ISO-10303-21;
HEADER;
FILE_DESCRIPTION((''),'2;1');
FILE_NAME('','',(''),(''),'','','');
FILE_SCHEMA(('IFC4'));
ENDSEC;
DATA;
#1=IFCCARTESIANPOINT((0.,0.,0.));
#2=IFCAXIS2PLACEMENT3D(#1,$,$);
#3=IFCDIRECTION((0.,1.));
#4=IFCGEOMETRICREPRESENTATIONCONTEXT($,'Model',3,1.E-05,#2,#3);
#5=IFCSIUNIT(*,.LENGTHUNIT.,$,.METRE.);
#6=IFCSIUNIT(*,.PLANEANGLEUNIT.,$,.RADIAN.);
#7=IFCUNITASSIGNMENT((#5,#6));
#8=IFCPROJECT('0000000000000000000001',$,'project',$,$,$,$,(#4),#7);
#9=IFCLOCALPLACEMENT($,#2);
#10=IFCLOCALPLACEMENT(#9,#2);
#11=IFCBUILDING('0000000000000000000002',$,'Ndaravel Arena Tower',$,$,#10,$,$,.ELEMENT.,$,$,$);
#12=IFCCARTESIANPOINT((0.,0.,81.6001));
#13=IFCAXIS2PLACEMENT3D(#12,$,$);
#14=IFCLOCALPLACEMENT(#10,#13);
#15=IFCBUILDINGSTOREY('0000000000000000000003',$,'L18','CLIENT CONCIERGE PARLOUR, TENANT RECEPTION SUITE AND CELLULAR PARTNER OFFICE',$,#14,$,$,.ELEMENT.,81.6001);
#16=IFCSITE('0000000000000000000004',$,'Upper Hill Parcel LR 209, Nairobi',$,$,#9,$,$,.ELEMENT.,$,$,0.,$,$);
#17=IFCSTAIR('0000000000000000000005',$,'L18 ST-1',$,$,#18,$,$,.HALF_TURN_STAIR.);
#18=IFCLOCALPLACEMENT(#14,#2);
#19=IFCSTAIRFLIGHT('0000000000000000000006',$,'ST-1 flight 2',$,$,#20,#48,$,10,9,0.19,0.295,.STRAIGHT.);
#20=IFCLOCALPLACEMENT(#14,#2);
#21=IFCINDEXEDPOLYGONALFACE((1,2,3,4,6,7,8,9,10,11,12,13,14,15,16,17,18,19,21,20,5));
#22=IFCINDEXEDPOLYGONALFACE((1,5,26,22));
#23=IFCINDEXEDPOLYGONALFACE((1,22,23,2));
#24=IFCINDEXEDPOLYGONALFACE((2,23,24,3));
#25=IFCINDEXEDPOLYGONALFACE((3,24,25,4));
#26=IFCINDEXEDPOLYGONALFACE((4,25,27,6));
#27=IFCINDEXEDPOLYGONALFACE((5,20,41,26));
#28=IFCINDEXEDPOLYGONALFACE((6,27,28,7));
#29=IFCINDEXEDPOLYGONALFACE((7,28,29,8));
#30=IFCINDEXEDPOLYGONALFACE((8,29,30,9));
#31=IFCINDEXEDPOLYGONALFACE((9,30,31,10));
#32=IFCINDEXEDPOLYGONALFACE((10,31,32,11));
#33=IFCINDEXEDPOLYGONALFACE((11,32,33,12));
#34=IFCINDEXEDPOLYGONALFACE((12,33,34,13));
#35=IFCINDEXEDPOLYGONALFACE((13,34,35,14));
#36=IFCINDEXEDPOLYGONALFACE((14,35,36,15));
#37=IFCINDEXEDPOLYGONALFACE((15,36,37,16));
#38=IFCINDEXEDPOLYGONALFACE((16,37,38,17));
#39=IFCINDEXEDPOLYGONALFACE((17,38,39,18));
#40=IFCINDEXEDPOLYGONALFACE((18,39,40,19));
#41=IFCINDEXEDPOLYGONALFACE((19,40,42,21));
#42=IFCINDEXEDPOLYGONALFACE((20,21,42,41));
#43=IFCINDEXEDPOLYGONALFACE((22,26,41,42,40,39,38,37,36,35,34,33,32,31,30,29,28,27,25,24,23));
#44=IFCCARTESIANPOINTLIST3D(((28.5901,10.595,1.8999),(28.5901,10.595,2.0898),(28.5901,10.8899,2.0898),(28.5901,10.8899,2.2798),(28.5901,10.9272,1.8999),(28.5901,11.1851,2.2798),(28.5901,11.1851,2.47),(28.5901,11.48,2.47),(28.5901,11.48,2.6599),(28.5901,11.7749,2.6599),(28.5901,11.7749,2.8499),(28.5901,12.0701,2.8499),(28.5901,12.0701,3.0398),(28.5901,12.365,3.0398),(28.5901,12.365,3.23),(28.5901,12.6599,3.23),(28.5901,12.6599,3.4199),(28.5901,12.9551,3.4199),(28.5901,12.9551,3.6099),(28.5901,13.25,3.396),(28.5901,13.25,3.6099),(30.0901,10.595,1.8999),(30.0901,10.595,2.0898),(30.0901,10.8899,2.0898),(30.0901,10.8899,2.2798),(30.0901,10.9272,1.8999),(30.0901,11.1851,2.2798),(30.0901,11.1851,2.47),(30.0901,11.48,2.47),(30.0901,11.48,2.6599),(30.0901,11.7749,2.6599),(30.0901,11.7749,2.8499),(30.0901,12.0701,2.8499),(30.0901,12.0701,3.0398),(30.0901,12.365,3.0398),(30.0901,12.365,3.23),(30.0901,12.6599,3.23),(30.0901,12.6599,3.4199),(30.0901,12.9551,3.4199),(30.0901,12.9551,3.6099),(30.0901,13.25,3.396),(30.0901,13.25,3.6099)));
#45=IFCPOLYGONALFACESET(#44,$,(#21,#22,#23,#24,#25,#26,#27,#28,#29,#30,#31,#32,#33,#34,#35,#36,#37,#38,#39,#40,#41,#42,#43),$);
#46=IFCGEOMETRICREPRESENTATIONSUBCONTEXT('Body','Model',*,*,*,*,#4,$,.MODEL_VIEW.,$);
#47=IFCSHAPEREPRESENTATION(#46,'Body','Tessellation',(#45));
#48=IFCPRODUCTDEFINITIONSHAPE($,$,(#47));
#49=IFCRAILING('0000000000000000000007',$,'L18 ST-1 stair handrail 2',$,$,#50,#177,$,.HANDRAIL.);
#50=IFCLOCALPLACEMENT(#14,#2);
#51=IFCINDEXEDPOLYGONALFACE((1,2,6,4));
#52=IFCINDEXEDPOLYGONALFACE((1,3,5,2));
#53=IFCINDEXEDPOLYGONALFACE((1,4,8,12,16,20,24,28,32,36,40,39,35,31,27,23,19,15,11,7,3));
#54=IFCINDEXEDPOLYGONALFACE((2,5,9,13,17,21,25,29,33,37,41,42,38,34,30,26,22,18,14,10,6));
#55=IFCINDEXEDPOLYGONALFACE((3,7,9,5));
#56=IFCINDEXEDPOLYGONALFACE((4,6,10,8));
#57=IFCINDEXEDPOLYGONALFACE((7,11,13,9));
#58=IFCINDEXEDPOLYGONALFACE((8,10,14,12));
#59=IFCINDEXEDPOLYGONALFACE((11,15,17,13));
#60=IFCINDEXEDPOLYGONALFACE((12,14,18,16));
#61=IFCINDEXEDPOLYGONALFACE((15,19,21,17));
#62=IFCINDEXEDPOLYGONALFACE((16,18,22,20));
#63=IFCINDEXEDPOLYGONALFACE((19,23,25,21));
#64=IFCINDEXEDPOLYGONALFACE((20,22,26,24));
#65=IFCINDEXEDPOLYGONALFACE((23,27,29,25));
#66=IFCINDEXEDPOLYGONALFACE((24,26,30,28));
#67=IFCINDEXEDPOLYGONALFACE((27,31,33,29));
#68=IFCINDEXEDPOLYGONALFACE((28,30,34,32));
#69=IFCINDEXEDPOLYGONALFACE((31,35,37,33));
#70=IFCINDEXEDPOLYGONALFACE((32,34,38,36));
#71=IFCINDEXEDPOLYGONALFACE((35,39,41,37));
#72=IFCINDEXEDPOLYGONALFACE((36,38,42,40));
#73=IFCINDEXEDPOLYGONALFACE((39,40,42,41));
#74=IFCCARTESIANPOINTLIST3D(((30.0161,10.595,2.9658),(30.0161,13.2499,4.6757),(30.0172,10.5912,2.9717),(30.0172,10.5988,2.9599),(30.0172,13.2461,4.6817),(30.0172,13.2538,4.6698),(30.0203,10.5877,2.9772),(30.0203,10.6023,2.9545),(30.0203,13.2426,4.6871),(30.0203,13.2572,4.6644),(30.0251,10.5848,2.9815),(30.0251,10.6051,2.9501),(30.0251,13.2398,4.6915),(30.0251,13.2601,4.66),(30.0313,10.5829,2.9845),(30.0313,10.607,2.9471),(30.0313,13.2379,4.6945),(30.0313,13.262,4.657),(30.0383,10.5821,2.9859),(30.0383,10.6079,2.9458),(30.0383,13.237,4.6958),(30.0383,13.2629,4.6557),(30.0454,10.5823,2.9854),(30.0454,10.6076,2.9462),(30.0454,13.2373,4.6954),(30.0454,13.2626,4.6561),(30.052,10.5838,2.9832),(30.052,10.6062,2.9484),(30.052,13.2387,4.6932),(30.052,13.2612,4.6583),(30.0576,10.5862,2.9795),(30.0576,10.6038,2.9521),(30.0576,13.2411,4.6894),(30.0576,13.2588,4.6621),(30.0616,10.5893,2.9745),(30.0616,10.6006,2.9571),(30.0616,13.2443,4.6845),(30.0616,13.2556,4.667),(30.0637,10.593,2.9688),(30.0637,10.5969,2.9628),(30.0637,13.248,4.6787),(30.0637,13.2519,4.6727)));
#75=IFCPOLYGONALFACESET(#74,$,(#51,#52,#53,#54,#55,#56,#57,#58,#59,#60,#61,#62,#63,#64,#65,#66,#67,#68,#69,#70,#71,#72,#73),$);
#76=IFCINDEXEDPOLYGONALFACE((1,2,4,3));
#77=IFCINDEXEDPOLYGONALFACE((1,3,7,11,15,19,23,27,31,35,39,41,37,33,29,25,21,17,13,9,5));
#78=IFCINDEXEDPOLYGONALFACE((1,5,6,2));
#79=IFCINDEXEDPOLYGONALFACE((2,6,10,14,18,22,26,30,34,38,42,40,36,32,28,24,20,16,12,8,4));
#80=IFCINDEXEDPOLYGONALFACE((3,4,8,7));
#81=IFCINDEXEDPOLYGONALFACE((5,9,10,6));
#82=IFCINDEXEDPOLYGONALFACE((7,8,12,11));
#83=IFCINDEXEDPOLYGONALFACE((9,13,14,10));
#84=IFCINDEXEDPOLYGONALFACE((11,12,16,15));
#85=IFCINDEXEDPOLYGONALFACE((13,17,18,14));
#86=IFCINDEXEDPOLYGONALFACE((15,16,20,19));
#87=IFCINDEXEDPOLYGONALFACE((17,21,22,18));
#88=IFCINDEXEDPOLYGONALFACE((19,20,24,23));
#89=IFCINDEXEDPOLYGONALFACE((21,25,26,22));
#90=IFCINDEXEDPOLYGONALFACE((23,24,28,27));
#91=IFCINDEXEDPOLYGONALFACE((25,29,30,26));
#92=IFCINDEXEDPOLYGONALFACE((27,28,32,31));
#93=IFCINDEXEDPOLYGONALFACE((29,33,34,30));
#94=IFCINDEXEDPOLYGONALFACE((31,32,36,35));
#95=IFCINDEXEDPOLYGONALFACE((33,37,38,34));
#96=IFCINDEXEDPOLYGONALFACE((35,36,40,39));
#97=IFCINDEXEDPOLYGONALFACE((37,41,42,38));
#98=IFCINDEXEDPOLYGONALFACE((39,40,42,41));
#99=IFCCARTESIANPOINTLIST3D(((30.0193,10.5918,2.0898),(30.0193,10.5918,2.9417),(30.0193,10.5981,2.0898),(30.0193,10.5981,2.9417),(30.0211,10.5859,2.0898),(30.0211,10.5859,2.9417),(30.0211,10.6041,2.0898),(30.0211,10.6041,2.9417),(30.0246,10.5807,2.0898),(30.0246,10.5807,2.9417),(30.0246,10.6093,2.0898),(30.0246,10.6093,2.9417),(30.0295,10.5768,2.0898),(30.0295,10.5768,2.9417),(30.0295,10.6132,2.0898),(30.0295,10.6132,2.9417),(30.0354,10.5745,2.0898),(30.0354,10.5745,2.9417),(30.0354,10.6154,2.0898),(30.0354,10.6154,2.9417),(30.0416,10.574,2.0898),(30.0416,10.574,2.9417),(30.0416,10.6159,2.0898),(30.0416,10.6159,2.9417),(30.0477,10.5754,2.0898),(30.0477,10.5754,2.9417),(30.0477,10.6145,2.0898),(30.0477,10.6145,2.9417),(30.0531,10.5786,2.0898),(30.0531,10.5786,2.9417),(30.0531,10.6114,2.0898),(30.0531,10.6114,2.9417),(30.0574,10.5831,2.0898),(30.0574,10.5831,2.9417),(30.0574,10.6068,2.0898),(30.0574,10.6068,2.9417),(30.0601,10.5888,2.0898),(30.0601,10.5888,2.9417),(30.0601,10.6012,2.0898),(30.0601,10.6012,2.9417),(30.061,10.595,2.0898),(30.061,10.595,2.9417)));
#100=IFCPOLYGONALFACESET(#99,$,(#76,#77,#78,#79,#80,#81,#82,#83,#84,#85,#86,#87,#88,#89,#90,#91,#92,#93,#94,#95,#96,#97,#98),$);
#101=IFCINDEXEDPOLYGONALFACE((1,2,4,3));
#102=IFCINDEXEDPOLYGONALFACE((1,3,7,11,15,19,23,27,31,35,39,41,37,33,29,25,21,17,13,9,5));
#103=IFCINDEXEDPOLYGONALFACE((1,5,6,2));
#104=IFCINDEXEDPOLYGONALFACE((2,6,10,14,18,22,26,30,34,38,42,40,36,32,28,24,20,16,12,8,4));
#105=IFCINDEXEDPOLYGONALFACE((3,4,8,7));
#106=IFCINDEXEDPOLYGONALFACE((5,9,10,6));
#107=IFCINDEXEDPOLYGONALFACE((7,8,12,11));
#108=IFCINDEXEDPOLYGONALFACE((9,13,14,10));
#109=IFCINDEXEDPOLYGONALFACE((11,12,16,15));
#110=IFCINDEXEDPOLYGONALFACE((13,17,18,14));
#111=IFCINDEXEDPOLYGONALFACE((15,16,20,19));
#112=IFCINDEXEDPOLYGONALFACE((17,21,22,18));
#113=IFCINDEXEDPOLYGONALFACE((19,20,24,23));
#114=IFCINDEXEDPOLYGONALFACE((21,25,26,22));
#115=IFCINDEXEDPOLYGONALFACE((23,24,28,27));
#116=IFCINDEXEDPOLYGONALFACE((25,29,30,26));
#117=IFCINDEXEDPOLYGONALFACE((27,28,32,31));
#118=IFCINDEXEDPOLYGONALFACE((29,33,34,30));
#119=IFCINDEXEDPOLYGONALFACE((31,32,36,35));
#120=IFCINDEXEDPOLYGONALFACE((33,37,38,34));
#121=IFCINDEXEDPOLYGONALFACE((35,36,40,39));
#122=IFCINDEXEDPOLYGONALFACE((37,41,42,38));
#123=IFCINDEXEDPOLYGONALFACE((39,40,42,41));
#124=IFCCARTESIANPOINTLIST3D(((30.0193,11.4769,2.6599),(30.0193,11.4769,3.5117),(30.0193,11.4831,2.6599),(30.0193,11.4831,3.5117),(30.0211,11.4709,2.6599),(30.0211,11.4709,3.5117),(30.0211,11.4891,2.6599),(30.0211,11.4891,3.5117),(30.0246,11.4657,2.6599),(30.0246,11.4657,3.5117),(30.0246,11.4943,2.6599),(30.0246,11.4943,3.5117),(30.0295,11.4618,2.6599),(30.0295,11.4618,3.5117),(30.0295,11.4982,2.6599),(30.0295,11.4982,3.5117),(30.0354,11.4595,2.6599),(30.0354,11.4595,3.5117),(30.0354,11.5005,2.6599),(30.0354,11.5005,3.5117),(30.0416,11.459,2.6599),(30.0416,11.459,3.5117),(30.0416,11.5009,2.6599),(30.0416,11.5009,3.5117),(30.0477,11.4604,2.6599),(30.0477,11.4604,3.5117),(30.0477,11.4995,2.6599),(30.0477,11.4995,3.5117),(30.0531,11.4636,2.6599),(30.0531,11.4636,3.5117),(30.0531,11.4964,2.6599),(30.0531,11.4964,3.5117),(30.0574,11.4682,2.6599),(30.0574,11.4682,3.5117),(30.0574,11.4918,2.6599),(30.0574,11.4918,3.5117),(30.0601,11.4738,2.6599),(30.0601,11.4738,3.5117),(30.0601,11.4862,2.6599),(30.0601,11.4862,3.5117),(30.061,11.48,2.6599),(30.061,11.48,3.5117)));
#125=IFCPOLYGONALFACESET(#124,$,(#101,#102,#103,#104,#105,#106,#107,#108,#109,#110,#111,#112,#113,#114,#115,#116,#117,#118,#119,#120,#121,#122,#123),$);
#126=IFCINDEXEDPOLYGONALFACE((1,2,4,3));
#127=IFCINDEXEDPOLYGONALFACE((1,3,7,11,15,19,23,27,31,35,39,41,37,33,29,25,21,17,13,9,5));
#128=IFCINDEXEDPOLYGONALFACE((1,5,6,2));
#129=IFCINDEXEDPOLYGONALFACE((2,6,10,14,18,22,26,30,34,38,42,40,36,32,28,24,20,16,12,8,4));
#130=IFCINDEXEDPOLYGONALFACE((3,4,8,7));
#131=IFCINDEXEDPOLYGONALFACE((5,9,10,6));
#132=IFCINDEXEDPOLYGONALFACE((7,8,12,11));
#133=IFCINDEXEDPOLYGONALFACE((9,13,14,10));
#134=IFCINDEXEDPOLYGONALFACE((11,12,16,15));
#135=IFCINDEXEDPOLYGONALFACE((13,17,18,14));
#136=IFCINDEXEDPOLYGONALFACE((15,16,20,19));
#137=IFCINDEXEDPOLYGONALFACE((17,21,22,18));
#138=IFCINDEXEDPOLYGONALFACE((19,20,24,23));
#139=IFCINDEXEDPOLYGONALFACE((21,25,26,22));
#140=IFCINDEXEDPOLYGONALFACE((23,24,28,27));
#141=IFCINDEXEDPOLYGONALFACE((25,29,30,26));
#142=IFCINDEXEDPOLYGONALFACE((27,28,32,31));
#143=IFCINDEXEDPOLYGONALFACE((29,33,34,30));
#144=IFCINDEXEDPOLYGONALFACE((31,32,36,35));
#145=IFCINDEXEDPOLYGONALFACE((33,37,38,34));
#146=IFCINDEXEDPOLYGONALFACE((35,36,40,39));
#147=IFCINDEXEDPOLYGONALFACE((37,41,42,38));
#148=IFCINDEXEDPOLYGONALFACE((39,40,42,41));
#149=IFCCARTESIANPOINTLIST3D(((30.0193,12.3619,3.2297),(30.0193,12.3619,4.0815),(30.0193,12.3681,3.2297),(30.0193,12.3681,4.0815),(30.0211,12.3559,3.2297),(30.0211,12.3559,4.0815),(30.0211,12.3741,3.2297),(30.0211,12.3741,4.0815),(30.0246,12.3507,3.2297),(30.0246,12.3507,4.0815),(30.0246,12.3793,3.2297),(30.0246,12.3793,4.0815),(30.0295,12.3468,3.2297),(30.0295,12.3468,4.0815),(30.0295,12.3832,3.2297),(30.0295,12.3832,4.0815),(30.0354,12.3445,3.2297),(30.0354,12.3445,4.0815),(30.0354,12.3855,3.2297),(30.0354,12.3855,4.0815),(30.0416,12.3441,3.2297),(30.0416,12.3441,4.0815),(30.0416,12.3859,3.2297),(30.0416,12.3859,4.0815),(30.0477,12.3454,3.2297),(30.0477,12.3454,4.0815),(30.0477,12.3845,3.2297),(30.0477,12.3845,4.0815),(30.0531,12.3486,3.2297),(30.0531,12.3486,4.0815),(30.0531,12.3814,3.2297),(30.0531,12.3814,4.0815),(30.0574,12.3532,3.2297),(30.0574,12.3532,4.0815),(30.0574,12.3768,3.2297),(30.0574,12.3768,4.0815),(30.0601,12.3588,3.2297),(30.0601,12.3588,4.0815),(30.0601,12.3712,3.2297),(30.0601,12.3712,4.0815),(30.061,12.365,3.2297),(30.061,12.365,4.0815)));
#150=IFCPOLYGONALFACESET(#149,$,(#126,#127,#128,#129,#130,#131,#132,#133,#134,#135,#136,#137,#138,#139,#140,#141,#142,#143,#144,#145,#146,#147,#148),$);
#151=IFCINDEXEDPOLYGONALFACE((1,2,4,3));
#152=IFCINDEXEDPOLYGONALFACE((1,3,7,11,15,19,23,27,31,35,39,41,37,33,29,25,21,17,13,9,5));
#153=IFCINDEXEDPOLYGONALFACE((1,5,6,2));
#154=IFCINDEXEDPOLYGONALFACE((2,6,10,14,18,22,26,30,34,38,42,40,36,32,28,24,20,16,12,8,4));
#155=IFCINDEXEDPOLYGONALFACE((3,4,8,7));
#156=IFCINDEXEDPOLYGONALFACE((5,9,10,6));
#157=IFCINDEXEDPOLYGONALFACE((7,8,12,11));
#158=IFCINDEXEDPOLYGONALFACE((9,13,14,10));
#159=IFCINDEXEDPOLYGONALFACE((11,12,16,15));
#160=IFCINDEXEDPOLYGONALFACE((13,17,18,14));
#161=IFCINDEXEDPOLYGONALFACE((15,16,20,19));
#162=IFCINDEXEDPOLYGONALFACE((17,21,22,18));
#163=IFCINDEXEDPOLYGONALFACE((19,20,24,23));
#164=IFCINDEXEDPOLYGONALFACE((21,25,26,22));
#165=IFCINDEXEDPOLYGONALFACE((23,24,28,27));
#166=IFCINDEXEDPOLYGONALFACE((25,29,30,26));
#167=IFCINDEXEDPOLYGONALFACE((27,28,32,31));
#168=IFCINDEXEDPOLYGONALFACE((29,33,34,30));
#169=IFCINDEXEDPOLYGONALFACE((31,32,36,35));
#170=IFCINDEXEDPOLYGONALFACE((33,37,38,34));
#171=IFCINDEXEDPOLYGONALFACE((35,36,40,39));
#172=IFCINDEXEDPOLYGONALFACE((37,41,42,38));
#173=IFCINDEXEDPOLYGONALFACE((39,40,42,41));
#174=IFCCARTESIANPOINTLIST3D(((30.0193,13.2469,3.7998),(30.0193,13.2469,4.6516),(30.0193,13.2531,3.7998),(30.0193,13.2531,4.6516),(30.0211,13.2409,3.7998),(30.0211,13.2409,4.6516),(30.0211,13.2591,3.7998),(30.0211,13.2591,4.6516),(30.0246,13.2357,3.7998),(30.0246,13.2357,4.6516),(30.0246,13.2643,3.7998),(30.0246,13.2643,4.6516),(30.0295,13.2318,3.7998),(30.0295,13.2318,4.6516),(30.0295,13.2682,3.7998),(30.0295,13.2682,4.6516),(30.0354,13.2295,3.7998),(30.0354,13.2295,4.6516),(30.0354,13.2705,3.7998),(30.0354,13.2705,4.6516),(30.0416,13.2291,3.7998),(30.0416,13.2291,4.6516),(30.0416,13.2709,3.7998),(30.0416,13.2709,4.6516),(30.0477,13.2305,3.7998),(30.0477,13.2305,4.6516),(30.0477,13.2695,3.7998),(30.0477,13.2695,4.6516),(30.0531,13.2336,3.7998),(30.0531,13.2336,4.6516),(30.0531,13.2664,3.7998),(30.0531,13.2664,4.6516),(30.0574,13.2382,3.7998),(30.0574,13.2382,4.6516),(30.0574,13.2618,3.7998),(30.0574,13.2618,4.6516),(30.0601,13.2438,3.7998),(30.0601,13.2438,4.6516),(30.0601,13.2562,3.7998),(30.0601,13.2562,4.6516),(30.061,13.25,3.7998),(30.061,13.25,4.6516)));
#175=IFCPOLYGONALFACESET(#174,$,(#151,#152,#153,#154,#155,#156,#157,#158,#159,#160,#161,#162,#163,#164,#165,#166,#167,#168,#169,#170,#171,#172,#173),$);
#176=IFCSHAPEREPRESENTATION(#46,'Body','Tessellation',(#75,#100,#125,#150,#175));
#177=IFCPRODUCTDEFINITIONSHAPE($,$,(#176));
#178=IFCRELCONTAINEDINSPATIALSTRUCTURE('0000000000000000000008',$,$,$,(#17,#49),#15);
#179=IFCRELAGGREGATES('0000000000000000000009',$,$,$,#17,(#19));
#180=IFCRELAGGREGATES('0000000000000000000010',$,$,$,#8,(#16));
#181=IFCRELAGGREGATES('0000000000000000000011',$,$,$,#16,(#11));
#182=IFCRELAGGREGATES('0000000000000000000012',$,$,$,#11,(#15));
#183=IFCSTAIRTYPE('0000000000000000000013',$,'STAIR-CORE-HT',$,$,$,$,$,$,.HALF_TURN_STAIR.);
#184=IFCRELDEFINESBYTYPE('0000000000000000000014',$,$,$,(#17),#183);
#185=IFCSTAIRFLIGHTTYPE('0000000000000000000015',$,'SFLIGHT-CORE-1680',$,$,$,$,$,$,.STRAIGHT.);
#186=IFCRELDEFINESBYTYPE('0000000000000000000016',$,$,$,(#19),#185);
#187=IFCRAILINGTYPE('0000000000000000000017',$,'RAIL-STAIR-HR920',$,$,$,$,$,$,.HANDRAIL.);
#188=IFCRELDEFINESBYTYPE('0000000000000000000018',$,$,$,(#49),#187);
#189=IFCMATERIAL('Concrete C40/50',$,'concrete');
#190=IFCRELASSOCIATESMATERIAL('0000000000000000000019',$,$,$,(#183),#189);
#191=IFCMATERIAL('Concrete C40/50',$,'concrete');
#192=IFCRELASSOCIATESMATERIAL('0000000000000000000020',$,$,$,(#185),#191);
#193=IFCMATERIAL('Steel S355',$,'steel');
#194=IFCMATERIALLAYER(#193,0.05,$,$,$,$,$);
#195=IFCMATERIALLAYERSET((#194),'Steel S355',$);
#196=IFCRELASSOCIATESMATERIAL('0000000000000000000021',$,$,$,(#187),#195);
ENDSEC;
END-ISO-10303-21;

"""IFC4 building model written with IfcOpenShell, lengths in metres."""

from ifc_helpers import new_model, si_unit, direction, frame, origin, origin_2d, place, context, subcontext, project, spatial, polyline, circle, outline, extrude, material, layer, layer_set, type_object, element, aggregate, save


model = new_model("IFC4")

# Units and contexts
model_context = context("Model", 3, precision=1e-05, world=origin(), true_north=direction((0.0, 1.0)))
body_context = subcontext(model_context, "Body", "Model", "MODEL_VIEW")
ifc_project = project(units=[si_unit("LENGTHUNIT", "METRE"), si_unit("PLANEANGLEUNIT", "RADIAN")], contexts=[model_context])

# Site, building, storey
site_placement = place(None, origin())
site = spatial("IfcSite", under=ifc_project, at=site_placement, Name="Upper Hill Parcel LR 209, Nairobi", CompositionType="ELEMENT", RefElevation=0.0)
building_placement = place(site_placement, origin())
building = spatial("IfcBuilding", under=site, at=building_placement, Name="Ndaravel Arena Tower", CompositionType="ELEMENT")
storey_placement = place(building_placement, frame((0.0, 0.0, 81.6001)))
storey = spatial("IfcBuildingStorey", under=building, at=storey_placement, Name="L18", Description="CLIENT CONCIERGE PARLOUR, TENANT RECEPTION SUITE AND CELLULAR PARTNER OFFICE", CompositionType="ELEMENT", Elevation=81.6001)

# Stair, stair flight
ifc_material_1 = material(Name="Concrete C40/50", Category="concrete")
stair_type = type_object("IfcStairType", Name="STAIR-CORE-HT", PredefinedType="HALF_TURN_STAIR", material=ifc_material_1)
stair_placement = place(storey_placement, origin())
stair = element("IfcStair", 1, at=stair_placement, inside=storey, type_object=stair_type, Name="L18 ST-1", PredefinedType="HALF_TURN_STAIR")
ifc_material_2 = material(Name="Concrete C40/50", Category="concrete")
stair_flight_type = type_object("IfcStairFlightType", Name="SFLIGHT-CORE-1680", PredefinedType="STRAIGHT", material=ifc_material_2)
stair_flight_placement = place(storey_placement, frame((29.3401, 10.595, 1.8999), z_axis=(0.0, 0.0, 1.0), x_axis=(0.0, 1.0, 0.0)))
stair_flight = element("IfcStairFlight", 2, at=stair_flight_placement, type_object=stair_flight_type, Name="ST-1 flight 2", NumberOfRisers=10, NumberOfTreads=9, PredefinedType="STRAIGHT", RiserHeight=0.19, TreadLength=0.295, context=body_context, shape_type="SweptSolid", body=[
    extrude(outline(polyline([(0.0, 0.0), (0.0, 0.1899), (0.2949, 0.1899), (0.2949, 0.3799), (0.5901, 0.3799), (0.5901, 0.5701), (0.885, 0.5701), (0.885, 0.76), (1.1799, 0.76), (1.1799, 0.95), (1.4751, 0.95), (1.4751, 1.1399), (1.77, 1.1399), (1.77, 1.3301), (2.0649, 1.3301), (2.0649, 1.52), (2.3601, 1.52), (2.3601, 1.71), (2.655, 1.71), (2.655, 1.8999), (2.655, 1.4961), (0.3323, 0.0), (0.0, 0.0)])), frame((0.0, 0.75, 0.0), z_axis=(0.0, -1.0, 0.0), x_axis=(1.0, 0.0, 0.0)), (0.0, 0.0, 1.0), 1.5),
])
aggregate(stair, [stair_flight])

# Railing
ifc_material_3 = material(Name="Steel S355", Category="steel")
ifc_layer_1 = layer(ifc_material_3, 0.05)
ifc_layer_set_1 = layer_set([ifc_layer_1], Name="Steel S355")
railing_type_1 = type_object("IfcRailingType", Name="RAIL-STAIR-HR920", PredefinedType="HANDRAIL", material=ifc_layer_set_1)
railing_1_placement = place(storey_placement, frame((30.04, 10.595, 2.0898)))
element("IfcRailing", 3, at=railing_1_placement, inside=storey, type_object=railing_type_1, Name="L18 ST-1 stair handrail 2", PredefinedType="HANDRAIL", context=body_context, shape_type="SweptSolid", body=[
    extrude(circle(Radius=0.0239, at=origin_2d()), frame((0.0, 0.0, 0.876), z_axis=(0.0, 0.840724, 0.541465), x_axis=(-1.0, 0.0, 0.0)), (0.0, 0.0, 1.0), 3.158),
    extrude(circle(Radius=0.021, at=origin_2d()), origin(), (0.0, 0.0, 1.0), 0.8518),
    extrude(circle(Radius=0.021, at=origin_2d()), frame((0.0, 0.885, 0.5701)), (0.0, 0.0, 1.0), 0.8518),
    extrude(circle(Radius=0.021, at=origin_2d()), frame((0.0, 1.77, 1.1399)), (0.0, 0.0, 1.0), 0.8518),
    extrude(circle(Radius=0.021, at=origin_2d()), frame((0.0, 2.655, 1.71)), (0.0, 0.0, 1.0), 0.8518),
])

save(model, "model.ifc")
